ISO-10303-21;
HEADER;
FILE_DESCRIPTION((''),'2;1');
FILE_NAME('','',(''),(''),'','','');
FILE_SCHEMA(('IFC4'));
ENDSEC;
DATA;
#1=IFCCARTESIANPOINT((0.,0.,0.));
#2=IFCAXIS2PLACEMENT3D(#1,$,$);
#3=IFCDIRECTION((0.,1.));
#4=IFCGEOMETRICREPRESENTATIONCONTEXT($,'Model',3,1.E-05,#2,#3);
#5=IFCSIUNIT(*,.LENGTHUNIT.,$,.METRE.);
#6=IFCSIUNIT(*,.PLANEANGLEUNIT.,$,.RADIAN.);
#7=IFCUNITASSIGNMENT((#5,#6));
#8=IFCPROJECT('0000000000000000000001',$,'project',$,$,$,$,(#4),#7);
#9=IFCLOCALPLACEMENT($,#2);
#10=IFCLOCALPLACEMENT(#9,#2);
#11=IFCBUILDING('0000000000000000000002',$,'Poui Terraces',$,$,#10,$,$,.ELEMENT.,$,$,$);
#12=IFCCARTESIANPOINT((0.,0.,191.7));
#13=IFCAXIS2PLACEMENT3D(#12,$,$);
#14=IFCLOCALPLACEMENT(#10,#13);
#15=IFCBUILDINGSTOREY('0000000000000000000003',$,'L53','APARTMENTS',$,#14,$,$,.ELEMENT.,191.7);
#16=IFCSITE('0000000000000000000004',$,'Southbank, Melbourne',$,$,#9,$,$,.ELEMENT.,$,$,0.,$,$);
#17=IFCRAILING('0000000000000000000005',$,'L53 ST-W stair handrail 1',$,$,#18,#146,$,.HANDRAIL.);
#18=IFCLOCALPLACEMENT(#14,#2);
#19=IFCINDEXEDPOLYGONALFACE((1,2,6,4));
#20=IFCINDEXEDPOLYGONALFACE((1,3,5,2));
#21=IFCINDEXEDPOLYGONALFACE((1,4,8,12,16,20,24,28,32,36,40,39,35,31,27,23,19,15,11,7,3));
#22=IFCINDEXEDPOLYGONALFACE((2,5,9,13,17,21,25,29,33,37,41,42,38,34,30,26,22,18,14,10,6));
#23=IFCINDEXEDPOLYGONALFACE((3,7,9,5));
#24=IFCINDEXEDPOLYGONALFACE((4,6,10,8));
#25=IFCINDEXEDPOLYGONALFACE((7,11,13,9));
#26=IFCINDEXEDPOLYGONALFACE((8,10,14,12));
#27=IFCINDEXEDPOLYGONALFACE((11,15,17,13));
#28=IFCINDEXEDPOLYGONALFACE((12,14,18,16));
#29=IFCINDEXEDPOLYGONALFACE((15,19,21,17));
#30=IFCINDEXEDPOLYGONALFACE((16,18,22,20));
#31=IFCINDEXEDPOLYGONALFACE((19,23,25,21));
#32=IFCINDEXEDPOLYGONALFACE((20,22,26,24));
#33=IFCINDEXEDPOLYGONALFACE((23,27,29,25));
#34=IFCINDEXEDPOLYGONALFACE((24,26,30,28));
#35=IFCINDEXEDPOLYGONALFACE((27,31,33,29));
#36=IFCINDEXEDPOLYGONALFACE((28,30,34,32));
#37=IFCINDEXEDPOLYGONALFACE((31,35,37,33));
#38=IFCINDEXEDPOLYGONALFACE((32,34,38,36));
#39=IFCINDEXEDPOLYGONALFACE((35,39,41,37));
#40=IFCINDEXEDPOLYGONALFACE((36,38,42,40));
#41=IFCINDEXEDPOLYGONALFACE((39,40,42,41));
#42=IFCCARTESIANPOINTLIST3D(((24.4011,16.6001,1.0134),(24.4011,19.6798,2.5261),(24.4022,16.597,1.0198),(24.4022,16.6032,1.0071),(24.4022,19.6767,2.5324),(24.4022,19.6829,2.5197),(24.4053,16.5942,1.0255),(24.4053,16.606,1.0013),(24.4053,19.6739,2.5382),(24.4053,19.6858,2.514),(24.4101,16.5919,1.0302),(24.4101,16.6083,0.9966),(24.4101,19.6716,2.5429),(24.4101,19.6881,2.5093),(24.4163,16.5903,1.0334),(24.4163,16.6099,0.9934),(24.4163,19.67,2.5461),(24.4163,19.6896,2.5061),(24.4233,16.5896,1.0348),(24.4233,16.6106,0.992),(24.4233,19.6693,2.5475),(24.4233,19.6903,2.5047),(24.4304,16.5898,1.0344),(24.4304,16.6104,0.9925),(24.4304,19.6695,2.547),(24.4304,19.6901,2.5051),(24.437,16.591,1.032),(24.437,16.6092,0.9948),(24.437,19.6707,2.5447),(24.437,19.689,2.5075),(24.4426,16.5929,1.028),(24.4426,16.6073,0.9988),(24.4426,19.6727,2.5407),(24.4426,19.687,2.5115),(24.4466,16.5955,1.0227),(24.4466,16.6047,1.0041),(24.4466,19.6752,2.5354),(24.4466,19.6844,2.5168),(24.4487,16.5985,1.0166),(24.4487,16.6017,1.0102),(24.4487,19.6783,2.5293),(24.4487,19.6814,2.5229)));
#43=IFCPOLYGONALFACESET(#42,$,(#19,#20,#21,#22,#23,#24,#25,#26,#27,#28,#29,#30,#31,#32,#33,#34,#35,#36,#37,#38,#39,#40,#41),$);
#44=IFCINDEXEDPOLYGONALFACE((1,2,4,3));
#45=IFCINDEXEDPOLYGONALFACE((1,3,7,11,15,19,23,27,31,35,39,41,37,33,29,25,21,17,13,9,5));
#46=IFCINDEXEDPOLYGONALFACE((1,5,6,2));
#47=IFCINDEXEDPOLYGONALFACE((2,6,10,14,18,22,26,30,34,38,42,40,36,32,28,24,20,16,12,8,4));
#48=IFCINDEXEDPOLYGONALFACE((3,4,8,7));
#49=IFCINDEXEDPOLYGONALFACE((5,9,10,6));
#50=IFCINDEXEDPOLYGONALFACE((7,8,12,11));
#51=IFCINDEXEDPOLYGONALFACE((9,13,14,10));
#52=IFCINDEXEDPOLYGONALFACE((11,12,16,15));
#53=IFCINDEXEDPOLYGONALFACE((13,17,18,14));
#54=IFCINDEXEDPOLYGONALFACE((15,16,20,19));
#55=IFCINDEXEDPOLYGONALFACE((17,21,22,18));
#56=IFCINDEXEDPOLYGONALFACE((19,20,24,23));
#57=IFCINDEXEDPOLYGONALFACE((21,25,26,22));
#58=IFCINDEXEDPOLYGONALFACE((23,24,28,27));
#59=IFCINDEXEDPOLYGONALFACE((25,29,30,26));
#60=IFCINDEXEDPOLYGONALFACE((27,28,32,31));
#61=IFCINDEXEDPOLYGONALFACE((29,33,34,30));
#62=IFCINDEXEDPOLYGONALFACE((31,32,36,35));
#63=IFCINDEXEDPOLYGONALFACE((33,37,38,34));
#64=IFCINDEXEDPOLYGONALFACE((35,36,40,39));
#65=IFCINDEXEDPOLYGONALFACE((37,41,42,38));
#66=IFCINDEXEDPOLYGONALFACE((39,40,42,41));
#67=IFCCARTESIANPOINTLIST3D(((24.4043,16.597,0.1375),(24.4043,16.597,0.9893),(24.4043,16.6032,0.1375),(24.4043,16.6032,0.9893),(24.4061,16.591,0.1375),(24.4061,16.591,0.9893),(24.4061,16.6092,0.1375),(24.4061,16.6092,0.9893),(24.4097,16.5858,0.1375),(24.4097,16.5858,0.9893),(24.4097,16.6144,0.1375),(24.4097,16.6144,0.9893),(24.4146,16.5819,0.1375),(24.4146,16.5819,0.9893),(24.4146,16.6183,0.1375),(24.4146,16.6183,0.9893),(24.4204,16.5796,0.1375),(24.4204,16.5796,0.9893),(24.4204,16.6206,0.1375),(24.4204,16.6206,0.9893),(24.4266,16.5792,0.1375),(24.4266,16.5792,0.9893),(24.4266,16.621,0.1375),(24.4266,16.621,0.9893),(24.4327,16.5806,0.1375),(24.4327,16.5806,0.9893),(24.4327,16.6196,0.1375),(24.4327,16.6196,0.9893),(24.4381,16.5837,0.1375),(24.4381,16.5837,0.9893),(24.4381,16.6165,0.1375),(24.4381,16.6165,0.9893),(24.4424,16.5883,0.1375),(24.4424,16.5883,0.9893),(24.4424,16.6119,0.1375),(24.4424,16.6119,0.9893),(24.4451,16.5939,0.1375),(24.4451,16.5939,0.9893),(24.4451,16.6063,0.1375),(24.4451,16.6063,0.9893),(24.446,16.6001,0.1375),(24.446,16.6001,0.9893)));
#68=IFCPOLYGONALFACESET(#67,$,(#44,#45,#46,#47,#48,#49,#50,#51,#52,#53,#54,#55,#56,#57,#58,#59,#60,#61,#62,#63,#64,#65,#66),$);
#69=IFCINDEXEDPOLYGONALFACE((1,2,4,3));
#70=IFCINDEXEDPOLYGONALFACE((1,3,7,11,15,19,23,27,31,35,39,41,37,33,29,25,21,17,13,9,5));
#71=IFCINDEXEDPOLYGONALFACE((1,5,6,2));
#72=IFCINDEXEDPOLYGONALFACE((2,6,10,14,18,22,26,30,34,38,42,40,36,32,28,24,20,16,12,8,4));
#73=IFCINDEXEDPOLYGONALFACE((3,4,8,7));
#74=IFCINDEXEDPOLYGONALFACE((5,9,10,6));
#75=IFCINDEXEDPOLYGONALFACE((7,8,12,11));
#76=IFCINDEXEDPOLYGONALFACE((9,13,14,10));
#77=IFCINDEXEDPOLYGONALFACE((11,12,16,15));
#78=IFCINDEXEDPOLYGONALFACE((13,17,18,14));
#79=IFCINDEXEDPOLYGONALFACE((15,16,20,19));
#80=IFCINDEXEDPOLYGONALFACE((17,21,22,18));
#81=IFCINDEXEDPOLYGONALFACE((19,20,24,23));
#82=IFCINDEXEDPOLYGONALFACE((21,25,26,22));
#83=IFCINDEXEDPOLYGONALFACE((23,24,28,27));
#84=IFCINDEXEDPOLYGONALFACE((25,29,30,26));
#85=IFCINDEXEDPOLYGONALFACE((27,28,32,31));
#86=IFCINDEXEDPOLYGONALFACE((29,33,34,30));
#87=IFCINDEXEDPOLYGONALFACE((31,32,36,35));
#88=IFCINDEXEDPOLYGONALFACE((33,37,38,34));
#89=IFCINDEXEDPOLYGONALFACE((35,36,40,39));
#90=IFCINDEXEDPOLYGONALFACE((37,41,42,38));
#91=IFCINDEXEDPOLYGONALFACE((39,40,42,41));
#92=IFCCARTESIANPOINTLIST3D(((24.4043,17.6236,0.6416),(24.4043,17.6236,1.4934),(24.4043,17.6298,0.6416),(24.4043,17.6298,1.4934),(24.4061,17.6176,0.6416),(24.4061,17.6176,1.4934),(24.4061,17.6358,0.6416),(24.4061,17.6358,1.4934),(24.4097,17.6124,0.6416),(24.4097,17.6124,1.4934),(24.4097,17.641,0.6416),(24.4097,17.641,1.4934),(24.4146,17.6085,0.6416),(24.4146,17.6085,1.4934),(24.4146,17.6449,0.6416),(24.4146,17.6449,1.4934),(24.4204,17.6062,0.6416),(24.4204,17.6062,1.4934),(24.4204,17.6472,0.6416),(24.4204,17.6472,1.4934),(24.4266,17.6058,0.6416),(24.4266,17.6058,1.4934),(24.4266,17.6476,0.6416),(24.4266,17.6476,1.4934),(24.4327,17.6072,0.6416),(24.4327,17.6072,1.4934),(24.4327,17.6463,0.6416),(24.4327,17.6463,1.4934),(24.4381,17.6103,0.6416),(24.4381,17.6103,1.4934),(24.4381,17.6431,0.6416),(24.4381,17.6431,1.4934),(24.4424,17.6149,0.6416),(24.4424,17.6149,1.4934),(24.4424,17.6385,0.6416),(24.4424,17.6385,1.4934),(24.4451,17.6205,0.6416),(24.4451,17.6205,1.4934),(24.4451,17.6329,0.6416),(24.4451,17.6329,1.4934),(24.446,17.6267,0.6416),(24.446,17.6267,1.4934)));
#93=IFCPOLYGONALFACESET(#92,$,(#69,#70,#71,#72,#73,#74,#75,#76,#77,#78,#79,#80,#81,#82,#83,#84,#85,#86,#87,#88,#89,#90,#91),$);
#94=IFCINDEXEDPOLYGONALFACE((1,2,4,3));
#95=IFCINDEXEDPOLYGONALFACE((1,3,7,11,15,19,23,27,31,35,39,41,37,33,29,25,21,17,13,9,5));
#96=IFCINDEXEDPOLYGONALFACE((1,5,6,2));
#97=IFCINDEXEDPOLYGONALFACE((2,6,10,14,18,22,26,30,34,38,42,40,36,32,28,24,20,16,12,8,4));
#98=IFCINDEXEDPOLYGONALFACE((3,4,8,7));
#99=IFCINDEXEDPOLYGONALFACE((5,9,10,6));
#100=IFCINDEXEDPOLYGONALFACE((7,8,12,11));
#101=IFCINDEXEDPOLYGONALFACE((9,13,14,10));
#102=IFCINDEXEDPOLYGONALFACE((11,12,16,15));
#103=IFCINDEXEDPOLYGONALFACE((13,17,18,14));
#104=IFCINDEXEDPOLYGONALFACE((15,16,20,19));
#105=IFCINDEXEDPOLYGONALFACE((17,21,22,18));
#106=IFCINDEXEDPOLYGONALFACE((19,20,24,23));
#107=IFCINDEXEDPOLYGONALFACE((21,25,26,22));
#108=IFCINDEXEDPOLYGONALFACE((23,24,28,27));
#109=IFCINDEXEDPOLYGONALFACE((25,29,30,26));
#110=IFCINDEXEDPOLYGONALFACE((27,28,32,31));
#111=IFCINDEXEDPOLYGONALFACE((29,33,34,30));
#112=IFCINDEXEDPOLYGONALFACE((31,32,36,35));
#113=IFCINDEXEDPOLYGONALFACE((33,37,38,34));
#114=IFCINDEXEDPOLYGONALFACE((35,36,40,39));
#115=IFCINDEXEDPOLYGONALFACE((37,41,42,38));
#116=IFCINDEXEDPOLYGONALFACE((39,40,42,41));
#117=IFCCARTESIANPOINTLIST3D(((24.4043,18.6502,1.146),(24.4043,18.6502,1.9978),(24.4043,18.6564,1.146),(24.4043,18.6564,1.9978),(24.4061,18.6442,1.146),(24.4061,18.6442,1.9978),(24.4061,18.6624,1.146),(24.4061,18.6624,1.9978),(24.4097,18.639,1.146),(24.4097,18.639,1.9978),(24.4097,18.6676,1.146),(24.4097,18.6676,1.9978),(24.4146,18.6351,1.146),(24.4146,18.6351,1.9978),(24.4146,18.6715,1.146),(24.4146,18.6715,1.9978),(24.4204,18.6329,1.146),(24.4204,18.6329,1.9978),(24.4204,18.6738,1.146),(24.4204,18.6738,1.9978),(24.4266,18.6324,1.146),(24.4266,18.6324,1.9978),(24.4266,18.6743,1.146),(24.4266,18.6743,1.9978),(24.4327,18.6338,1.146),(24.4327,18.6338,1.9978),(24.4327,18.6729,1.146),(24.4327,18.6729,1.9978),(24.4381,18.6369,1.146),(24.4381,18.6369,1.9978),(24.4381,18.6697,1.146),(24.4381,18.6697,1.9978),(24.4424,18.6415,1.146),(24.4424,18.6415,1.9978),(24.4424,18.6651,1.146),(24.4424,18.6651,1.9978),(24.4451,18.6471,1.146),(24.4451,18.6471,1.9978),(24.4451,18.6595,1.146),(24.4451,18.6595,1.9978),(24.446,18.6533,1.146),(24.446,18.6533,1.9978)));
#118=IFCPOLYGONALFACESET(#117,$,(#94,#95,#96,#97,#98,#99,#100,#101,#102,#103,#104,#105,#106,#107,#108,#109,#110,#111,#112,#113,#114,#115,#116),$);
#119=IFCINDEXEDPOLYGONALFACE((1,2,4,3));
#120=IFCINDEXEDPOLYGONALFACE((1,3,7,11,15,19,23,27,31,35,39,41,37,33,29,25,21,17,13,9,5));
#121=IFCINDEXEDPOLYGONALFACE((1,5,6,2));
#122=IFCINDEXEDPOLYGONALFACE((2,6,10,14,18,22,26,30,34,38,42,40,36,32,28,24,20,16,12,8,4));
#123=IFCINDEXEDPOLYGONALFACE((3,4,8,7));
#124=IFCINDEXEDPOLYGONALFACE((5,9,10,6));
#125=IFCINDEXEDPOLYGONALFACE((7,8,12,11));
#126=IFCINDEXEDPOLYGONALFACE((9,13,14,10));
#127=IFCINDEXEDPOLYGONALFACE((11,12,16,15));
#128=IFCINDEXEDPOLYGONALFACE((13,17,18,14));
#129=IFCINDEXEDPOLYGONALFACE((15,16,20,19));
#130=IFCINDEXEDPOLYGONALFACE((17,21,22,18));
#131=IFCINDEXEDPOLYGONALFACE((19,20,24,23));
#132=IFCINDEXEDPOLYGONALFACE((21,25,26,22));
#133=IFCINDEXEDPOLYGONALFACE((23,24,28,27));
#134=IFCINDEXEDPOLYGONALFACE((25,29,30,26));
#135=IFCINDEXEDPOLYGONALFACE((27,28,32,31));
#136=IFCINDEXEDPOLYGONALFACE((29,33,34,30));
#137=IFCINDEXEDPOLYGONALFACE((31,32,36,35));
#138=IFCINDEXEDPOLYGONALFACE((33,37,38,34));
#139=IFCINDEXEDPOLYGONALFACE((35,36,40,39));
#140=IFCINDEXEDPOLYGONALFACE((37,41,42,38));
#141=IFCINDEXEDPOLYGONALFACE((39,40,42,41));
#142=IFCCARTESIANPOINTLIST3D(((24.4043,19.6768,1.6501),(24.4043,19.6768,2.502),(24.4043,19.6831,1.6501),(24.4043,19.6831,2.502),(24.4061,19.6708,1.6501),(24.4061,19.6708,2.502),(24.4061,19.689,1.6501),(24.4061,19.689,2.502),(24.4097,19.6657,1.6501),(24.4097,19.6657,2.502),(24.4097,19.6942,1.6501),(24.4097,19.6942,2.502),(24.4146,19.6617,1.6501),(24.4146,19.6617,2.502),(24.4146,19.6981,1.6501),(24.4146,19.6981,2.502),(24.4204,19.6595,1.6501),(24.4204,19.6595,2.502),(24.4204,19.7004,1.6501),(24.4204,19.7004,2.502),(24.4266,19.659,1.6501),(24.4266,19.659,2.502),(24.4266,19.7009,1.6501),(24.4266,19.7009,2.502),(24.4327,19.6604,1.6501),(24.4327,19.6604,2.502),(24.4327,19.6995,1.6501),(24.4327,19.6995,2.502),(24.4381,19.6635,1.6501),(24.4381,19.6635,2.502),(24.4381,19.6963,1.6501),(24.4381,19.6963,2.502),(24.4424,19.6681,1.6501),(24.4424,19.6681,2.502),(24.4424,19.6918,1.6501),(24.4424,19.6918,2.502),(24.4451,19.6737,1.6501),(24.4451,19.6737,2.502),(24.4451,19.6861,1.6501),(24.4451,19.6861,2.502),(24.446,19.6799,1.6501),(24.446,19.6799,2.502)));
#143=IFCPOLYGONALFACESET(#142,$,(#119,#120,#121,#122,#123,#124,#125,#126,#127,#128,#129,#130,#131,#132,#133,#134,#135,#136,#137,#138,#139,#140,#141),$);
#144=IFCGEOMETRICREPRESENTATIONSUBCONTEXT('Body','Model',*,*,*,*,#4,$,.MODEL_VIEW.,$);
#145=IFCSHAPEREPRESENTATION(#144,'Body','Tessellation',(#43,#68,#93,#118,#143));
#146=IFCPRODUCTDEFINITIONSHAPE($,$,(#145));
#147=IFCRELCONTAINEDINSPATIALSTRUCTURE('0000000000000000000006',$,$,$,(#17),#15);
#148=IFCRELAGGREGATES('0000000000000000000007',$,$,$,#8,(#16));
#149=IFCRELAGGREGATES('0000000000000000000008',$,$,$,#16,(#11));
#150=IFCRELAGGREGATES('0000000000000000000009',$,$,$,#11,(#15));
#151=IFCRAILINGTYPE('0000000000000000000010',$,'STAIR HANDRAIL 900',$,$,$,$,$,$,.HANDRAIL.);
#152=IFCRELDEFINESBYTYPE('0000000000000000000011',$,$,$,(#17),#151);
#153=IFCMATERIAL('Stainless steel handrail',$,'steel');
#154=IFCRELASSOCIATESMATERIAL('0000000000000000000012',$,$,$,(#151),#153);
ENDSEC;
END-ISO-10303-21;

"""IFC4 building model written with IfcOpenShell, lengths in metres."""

from ifc_helpers import new_model, si_unit, direction, frame, origin, origin_2d, place, context, subcontext, project, spatial, circle, extrude, material, type_object, element, save


model = new_model("IFC4")

# Units and contexts
model_context = context("Model", 3, precision=1e-05, world=origin(), true_north=direction((0.0, 1.0)))
body_context = subcontext(model_context, "Body", "Model", "MODEL_VIEW")
ifc_project = project(units=[si_unit("LENGTHUNIT", "METRE"), si_unit("PLANEANGLEUNIT", "RADIAN")], contexts=[model_context])

# Site, building, storey
site_placement = place(None, origin())
site = spatial("IfcSite", under=ifc_project, at=site_placement, Name="Southbank, Melbourne", CompositionType="ELEMENT", RefElevation=0.0)
building_placement = place(site_placement, origin())
building = spatial("IfcBuilding", under=site, at=building_placement, Name="Poui Terraces", CompositionType="ELEMENT")
storey_placement = place(building_placement, frame((0.0, 0.0, 191.7)))
storey = spatial("IfcBuildingStorey", under=building, at=storey_placement, Name="L53", Description="APARTMENTS", CompositionType="ELEMENT", Elevation=191.7)

# Railing
ifc_material_1 = material(Name="Stainless steel handrail", Category="steel")
railing_type_1 = type_object("IfcRailingType", Name="STAIR HANDRAIL 900", PredefinedType="HANDRAIL", material=ifc_material_1)
railing_1_placement = place(storey_placement, frame((24.425, 16.6001, 0.1375)))
element("IfcRailing", 1, at=railing_1_placement, inside=storey, type_object=railing_type_1, Name="L53 ST-W stair handrail 1", PredefinedType="HANDRAIL", context=body_context, shape_type="SweptSolid", body=[
    extrude(circle(Radius=0.0239, at=origin_2d()), frame((0.0, 0.0, 0.876), z_axis=(0.0, 0.897578, 0.440856), x_axis=(-1.0, 0.0, 0.0)), (0.0, 0.0, 1.0), 3.4312),
    extrude(circle(Radius=0.021, at=origin_2d()), origin(), (0.0, 0.0, 1.0), 0.8518),
    extrude(circle(Radius=0.021, at=origin_2d()), frame((0.0, 1.0266, 0.5042)), (0.0, 0.0, 1.0), 0.8518),
    extrude(circle(Radius=0.021, at=origin_2d()), frame((0.0, 2.0532, 1.0085)), (0.0, 0.0, 1.0), 0.8518),
    extrude(circle(Radius=0.021, at=origin_2d()), frame((0.0, 3.0798, 1.5127)), (0.0, 0.0, 1.0), 0.8518),
])

save(model, "model.ifc")
